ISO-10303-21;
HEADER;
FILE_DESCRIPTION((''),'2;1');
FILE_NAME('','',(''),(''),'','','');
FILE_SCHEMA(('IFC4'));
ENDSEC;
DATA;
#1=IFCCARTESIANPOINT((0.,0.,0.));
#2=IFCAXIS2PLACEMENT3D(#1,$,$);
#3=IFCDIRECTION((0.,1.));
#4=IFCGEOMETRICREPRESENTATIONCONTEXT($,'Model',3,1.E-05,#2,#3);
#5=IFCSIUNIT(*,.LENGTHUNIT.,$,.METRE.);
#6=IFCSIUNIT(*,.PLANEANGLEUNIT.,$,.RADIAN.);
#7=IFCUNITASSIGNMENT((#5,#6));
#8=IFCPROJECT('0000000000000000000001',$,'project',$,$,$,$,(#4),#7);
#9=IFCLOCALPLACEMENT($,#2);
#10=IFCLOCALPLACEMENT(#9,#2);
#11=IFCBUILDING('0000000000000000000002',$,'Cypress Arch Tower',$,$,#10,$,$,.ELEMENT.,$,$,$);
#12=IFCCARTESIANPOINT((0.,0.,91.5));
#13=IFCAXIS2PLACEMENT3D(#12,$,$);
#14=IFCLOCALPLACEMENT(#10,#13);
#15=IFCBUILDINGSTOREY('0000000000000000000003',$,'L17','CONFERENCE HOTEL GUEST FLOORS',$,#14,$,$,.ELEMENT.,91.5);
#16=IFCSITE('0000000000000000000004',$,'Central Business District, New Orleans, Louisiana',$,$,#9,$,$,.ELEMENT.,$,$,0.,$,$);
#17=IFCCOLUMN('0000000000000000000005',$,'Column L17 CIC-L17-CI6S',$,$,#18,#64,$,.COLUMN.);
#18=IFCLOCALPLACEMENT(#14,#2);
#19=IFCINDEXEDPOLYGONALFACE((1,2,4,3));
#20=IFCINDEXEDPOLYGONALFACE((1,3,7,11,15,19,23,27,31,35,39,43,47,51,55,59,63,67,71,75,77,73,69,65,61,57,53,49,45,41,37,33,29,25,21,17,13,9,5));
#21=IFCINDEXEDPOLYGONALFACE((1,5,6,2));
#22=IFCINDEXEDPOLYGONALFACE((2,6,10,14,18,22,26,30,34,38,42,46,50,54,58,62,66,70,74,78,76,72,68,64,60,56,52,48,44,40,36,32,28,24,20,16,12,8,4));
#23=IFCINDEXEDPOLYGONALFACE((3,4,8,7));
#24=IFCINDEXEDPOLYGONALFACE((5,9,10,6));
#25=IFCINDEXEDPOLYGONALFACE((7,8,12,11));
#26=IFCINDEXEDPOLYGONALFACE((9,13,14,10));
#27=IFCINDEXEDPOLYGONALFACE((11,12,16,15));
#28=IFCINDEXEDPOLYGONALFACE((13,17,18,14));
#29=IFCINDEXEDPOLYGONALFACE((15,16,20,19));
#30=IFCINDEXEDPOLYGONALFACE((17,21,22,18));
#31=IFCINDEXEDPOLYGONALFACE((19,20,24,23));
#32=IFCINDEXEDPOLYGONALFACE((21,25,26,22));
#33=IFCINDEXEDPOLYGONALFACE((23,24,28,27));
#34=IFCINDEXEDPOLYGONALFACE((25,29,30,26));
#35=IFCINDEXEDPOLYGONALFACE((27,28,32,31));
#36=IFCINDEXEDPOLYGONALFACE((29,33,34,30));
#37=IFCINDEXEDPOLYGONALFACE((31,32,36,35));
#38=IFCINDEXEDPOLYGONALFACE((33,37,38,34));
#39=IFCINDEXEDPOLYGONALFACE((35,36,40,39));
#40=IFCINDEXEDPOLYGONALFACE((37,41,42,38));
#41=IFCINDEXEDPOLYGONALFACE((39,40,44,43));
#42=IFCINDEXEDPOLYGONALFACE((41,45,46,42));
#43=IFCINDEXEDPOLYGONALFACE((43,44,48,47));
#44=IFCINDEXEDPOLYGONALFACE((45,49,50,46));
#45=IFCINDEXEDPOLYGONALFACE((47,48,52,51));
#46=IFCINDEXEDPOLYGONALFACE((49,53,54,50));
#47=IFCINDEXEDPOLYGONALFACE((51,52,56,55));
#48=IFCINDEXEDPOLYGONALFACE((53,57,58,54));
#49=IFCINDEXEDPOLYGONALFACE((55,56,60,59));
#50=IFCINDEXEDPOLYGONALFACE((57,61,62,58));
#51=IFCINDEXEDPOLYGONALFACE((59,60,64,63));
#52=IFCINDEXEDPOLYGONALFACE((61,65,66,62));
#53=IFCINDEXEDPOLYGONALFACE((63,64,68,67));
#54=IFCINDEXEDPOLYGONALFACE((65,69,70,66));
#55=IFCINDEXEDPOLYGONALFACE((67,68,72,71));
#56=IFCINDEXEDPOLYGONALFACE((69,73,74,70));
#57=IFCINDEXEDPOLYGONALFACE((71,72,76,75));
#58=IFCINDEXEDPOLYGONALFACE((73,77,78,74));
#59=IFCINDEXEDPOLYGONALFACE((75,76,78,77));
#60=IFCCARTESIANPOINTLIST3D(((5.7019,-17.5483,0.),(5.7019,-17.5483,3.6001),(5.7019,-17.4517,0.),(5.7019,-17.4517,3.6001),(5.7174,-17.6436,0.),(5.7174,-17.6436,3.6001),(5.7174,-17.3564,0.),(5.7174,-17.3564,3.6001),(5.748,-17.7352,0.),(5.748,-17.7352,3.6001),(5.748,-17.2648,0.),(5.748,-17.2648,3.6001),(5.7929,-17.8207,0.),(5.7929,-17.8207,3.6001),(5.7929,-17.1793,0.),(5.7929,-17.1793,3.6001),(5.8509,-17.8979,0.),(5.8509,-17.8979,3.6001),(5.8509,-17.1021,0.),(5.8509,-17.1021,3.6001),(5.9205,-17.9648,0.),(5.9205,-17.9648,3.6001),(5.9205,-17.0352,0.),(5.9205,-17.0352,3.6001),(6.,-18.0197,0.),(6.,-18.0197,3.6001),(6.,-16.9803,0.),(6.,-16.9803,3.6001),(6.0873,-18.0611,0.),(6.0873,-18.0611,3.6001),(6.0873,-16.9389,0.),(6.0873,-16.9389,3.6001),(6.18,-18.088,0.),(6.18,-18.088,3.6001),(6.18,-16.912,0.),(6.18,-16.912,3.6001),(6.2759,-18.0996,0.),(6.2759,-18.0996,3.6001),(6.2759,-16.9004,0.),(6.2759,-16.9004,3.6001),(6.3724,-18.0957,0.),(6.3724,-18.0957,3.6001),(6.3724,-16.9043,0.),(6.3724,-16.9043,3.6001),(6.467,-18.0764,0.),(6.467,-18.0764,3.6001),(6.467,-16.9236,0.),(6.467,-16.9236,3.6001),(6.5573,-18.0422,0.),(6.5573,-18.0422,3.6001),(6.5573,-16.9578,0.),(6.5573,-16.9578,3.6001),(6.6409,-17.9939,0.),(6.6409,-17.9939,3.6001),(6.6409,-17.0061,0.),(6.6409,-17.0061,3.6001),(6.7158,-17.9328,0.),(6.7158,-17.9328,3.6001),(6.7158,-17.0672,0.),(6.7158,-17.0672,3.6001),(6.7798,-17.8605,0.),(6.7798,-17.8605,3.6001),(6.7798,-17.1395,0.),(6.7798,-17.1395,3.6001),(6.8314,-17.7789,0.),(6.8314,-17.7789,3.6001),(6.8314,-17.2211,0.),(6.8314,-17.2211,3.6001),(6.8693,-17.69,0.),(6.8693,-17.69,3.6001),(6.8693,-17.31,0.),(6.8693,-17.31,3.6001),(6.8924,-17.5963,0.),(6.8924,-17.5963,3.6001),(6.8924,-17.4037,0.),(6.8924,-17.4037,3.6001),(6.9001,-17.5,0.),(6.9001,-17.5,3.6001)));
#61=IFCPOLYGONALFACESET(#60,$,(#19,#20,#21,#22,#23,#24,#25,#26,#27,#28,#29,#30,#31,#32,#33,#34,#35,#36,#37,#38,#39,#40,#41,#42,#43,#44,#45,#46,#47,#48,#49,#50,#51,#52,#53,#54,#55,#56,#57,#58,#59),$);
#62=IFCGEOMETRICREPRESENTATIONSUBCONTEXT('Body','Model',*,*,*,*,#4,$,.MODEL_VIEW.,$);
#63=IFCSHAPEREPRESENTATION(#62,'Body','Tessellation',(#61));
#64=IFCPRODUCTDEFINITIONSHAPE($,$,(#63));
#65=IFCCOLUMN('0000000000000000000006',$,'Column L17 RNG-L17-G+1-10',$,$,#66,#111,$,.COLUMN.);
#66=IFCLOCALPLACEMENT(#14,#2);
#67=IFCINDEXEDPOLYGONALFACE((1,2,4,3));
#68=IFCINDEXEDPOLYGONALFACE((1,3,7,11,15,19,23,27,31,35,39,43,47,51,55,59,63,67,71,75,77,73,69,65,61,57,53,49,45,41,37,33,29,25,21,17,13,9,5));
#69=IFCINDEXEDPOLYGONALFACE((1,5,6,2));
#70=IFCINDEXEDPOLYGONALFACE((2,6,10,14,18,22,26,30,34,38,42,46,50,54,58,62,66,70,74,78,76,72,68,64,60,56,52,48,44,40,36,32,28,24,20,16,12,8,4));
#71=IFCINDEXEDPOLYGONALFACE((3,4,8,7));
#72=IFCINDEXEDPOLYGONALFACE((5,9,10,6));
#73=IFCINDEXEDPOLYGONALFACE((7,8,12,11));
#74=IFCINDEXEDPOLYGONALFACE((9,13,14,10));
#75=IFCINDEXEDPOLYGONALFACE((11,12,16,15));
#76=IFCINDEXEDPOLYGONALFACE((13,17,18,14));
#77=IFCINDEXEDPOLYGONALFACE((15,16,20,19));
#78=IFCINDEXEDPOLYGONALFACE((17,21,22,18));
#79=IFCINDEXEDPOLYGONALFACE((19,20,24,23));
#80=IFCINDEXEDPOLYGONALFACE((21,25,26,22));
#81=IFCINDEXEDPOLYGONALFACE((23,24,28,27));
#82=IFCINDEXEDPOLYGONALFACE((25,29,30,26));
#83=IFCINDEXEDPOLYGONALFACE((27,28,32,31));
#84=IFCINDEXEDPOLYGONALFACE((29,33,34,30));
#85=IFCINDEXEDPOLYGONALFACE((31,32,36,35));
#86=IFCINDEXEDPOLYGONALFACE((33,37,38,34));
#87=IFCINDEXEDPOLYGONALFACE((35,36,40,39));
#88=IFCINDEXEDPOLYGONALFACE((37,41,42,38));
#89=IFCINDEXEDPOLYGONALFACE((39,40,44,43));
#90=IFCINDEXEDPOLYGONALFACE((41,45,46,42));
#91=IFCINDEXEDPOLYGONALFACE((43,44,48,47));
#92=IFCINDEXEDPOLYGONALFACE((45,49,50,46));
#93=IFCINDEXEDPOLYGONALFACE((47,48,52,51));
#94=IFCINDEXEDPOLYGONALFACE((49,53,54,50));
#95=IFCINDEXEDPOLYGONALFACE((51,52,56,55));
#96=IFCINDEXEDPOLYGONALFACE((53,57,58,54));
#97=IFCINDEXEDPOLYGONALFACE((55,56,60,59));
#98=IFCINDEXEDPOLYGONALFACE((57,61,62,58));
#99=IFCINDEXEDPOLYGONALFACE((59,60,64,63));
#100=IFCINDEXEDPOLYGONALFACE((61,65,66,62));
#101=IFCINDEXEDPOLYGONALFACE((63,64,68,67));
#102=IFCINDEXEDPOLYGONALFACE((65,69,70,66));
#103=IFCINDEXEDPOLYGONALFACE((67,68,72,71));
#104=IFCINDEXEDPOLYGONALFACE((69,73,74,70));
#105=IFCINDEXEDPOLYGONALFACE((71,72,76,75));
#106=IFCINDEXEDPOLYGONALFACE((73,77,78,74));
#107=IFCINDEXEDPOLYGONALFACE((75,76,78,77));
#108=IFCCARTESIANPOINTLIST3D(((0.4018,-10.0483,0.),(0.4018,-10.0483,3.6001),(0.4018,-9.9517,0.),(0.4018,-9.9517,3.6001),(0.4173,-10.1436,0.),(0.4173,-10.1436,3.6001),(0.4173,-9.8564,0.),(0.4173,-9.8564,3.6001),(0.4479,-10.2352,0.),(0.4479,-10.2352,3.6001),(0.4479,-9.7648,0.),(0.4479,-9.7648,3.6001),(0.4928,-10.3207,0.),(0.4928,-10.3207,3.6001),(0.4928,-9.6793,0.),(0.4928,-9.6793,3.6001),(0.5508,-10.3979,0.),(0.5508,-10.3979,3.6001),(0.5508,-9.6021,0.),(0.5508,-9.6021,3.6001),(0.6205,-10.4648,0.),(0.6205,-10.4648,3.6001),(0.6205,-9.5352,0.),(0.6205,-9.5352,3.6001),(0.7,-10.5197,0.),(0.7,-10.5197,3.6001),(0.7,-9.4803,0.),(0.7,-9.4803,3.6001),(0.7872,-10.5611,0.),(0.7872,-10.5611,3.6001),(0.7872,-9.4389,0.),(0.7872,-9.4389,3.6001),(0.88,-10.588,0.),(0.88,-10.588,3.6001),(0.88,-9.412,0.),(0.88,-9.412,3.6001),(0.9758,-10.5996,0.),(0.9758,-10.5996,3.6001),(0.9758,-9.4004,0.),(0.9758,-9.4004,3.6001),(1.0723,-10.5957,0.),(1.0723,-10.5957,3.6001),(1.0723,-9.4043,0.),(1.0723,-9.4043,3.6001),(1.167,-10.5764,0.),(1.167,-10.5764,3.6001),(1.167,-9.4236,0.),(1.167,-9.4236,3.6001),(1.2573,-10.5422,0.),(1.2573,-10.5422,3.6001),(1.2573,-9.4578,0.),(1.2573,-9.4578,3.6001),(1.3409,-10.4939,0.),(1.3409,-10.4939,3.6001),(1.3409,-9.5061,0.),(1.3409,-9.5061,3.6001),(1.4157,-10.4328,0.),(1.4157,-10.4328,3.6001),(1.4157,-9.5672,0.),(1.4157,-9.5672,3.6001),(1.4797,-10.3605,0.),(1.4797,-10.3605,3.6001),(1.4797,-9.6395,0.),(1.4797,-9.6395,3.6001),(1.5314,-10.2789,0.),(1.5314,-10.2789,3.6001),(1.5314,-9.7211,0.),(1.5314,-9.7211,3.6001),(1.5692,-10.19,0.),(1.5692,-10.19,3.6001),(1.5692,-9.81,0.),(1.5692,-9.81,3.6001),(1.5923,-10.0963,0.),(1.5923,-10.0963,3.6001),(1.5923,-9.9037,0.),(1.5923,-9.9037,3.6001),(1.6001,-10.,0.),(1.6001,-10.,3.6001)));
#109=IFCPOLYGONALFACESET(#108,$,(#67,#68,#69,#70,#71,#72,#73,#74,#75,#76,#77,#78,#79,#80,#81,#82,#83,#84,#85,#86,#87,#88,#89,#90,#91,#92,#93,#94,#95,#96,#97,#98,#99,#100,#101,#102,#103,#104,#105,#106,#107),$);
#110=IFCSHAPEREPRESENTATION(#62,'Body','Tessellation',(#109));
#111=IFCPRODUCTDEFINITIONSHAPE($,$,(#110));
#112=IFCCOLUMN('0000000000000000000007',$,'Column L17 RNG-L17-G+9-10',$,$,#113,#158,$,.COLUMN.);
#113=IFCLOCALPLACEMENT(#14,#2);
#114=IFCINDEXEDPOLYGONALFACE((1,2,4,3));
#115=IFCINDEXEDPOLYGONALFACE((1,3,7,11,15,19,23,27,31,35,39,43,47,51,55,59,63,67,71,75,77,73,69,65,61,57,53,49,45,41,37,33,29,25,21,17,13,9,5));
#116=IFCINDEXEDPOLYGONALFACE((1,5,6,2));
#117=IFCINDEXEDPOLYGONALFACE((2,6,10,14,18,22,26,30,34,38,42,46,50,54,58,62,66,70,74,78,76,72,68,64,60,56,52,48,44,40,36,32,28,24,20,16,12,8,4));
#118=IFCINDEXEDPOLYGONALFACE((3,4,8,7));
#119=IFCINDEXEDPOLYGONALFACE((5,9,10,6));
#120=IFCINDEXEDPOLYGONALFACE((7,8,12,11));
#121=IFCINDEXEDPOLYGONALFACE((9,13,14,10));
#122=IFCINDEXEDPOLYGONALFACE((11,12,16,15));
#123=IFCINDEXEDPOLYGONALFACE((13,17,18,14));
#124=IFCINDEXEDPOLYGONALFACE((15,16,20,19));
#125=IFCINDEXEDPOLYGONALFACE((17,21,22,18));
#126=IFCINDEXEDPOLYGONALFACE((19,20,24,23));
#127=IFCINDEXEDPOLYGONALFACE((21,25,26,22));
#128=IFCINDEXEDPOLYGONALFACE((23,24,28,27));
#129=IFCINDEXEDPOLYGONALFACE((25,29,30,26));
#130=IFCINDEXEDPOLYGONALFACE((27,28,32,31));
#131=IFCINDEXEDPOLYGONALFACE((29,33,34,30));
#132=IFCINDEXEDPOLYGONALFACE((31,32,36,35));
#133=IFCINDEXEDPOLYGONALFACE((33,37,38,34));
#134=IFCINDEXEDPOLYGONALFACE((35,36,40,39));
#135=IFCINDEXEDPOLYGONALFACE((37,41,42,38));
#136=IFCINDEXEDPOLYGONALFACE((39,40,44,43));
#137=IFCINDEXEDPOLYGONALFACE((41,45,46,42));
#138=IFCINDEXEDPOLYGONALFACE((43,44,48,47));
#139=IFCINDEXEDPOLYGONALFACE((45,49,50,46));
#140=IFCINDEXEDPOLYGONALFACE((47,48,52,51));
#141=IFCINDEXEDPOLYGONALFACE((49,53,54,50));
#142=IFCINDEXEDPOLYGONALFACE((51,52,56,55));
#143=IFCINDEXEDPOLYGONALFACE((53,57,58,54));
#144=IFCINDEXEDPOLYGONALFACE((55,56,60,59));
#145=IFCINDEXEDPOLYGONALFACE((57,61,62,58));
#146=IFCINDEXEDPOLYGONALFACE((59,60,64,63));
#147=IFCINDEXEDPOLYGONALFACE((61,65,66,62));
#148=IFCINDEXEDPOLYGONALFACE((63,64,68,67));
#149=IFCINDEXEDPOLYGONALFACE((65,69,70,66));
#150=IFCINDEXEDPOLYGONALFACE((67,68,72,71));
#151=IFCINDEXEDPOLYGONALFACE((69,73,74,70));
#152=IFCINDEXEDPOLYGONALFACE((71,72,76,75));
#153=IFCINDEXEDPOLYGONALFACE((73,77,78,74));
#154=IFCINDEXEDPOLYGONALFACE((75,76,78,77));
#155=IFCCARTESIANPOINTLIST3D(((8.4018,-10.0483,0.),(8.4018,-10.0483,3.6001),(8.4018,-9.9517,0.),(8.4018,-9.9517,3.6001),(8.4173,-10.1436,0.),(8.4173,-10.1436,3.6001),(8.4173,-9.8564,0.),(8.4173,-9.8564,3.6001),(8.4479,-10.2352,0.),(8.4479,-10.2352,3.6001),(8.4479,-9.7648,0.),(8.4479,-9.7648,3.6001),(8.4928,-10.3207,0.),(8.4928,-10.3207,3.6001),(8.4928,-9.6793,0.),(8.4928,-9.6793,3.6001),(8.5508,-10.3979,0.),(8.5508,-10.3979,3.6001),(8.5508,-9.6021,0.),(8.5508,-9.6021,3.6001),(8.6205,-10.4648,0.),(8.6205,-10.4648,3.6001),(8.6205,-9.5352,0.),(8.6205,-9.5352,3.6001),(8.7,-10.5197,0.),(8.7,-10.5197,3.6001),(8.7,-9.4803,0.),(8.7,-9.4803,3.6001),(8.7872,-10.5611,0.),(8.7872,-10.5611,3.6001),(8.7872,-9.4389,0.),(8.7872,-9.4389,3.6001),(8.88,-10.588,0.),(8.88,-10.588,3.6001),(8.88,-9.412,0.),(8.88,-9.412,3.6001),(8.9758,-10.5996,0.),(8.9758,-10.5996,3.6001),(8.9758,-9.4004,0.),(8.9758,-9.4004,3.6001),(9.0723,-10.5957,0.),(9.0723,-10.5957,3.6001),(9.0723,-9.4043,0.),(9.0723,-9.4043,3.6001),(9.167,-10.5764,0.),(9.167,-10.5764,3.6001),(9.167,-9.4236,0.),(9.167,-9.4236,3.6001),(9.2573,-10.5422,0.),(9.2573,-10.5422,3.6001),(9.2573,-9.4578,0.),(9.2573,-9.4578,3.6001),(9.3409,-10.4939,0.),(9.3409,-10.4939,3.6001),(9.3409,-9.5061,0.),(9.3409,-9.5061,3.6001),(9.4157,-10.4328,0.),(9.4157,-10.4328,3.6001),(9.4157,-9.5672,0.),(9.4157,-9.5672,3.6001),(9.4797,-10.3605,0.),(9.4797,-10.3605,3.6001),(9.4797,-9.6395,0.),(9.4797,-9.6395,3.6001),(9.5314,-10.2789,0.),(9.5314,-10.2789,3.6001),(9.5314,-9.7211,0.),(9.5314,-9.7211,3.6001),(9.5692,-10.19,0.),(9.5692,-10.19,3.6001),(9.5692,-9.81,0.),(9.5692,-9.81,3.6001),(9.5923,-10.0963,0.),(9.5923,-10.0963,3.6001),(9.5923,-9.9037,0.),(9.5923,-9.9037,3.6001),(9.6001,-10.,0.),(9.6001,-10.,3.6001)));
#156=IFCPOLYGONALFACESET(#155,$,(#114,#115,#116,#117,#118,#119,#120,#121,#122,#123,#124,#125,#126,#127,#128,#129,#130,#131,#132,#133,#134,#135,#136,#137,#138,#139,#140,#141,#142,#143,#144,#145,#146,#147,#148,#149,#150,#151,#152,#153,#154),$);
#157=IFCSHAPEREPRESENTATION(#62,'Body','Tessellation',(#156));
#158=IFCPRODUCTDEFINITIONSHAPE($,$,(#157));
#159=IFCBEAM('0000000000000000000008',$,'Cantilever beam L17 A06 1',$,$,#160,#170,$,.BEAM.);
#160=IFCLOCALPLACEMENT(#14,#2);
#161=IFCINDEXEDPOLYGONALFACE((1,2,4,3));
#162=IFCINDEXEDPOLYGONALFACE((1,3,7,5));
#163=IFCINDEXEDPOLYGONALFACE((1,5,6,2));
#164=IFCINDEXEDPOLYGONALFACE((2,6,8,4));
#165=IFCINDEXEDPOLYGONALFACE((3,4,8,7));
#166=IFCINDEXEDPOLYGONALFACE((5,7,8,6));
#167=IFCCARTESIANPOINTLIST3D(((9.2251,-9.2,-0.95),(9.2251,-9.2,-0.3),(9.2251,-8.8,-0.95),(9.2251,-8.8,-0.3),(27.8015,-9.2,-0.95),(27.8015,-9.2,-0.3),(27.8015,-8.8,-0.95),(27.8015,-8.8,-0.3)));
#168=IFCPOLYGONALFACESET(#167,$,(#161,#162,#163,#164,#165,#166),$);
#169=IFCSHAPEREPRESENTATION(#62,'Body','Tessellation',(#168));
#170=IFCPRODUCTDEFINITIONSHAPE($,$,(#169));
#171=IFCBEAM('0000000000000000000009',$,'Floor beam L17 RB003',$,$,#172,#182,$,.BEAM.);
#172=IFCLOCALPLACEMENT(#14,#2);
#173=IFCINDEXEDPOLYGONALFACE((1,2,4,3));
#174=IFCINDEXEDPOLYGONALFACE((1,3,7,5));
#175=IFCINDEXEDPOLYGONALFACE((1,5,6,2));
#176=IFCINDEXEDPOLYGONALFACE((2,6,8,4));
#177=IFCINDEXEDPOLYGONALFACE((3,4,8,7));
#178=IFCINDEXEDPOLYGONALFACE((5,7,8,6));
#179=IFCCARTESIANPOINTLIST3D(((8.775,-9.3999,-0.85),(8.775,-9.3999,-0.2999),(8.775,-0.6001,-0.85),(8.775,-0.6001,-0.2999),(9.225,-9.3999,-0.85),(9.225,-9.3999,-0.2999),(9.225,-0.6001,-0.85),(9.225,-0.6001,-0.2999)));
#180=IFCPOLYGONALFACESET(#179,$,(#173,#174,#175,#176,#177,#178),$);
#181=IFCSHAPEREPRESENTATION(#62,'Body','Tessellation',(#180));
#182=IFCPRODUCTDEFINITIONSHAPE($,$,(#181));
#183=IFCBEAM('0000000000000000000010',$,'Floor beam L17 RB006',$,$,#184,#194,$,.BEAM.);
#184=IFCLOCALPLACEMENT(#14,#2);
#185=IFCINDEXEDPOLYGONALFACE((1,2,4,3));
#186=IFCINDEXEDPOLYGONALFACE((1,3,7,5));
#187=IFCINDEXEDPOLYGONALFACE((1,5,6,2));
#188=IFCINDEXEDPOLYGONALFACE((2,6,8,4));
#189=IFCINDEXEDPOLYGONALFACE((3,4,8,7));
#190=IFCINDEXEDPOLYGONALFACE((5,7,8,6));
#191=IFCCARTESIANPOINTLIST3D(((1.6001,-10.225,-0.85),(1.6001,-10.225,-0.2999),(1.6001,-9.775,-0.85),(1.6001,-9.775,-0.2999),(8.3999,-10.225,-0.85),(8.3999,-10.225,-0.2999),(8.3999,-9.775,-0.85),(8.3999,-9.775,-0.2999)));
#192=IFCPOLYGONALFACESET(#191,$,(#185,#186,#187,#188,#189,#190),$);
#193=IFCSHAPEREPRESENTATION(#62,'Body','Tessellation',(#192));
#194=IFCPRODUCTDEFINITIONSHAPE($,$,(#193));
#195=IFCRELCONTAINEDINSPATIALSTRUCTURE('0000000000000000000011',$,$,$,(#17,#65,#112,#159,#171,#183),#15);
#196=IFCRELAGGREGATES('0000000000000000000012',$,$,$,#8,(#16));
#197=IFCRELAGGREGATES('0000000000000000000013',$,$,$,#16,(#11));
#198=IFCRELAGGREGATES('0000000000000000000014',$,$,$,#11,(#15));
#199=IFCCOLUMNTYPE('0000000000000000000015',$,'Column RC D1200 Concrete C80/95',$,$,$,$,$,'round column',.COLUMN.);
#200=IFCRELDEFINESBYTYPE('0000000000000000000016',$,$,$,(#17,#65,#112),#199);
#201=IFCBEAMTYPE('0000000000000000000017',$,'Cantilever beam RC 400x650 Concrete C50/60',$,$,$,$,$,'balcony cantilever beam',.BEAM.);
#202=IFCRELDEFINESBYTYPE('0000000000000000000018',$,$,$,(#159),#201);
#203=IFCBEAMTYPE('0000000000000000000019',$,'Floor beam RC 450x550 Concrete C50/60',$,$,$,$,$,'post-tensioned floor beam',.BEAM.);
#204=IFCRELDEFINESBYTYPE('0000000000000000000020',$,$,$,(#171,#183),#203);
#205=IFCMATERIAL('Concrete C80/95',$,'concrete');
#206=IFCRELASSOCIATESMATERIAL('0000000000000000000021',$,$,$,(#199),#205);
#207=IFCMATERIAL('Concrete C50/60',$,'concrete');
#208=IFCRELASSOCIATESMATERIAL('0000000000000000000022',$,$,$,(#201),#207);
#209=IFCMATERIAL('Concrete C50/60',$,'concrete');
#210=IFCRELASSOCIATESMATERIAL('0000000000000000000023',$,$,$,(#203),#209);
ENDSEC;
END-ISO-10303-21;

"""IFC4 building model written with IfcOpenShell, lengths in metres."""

from ifc_helpers import new_model, si_unit, direction, frame, origin, origin_2d, place, context, subcontext, project, spatial, rectangle, circle, extrude, material, material_profile, profile_set, type_object, element, save


model = new_model("IFC4")

# Units and contexts
model_context = context("Model", 3, precision=1e-05, world=origin(), true_north=direction((0.0, 1.0)))
body_context = subcontext(model_context, "Body", "Model", "MODEL_VIEW")
ifc_project = project(units=[si_unit("LENGTHUNIT", "METRE"), si_unit("PLANEANGLEUNIT", "RADIAN")], contexts=[model_context])

# Site, building, storey
site_placement = place(None, origin())
site = spatial("IfcSite", under=ifc_project, at=site_placement, Name="Central Business District, New Orleans, Louisiana", CompositionType="ELEMENT", RefElevation=0.0)
building_placement = place(site_placement, origin())
building = spatial("IfcBuilding", under=site, at=building_placement, Name="Cypress Arch Tower", CompositionType="ELEMENT")
storey_placement = place(building_placement, frame((0.0, 0.0, 91.5)))
storey = spatial("IfcBuildingStorey", under=building, at=storey_placement, Name="L17", Description="CONFERENCE HOTEL GUEST FLOORS", CompositionType="ELEMENT", Elevation=91.5)

# Columns
ifc_material_1 = material(Name="Concrete C80/95", Category="concrete")
ifc_material_profile_1 = material_profile(ifc_material_1, circle(Radius=0.6001, at=origin_2d()), Name="RC D1200")
ifc_profile_set_1 = profile_set([ifc_material_profile_1], Name="Concrete C80/95")
column_type = type_object("IfcColumnType", Name="Column RC D1200 Concrete C80/95", ElementType="round column", PredefinedType="COLUMN", material=ifc_profile_set_1)
for number, where, z_axis, x_axis, name in (
    (1, (6.3, -17.5, 0.0), (0.0, 0.0, 1.0), (1.0, 0.0, 0.0), "Column L17 CIC-L17-CI6S"),
    (2, (1.0, -10.0, 0.0), (0.0, 0.0, 1.0), (1.0, 0.0, 0.0), "Column L17 RNG-L17-G+1-10"),
    (3, (9.0, -10.0, 0.0), (0.0, 0.0, 1.0), (1.0, 0.0, 0.0), "Column L17 RNG-L17-G+9-10"),
):
    element("IfcColumn", number, at=place(storey_placement, frame(where, z_axis=z_axis, x_axis=x_axis)), inside=storey, type_object=column_type, Name=name, PredefinedType="COLUMN", context=body_context, shape_type="SweptSolid", body=[
        extrude(circle(Radius=0.6001, at=origin_2d()), origin(), (0.0, 0.0, 1.0), 3.6001),
    ])

# Beams
ifc_material_2 = material(Name="Concrete C50/60", Category="concrete")
ifc_material_profile_2 = material_profile(ifc_material_2, rectangle(XDim=0.3999, YDim=0.6499, at=origin_2d()), Name="RC 400x650")
ifc_profile_set_2 = profile_set([ifc_material_profile_2], Name="Concrete C50/60")
beam_type_1 = type_object("IfcBeamType", Name="Cantilever beam RC 400x650 Concrete C50/60", ElementType="balcony cantilever beam", PredefinedType="BEAM", material=ifc_profile_set_2)
beam_1_placement = place(storey_placement, frame((9.2251, -9.0, -0.625), z_axis=(1.0, 0.0, 0.0), x_axis=(0.0, 1.0, 0.0)))
element("IfcBeam", 4, at=beam_1_placement, inside=storey, type_object=beam_type_1, Name="Cantilever beam L17 A06 1", PredefinedType="BEAM", context=body_context, shape_type="SweptSolid", body=[
    extrude(rectangle(XDim=0.3999, YDim=0.6499, at=origin_2d()), origin(), (0.0, 0.0, 1.0), 18.5764),
])
ifc_material_3 = material(Name="Concrete C50/60", Category="concrete")
ifc_material_profile_3 = material_profile(ifc_material_3, rectangle(XDim=0.45, YDim=0.55, at=origin_2d()), Name="RC 450x550")
ifc_profile_set_3 = profile_set([ifc_material_profile_3], Name="Concrete C50/60")
beam_type_2 = type_object("IfcBeamType", Name="Floor beam RC 450x550 Concrete C50/60", ElementType="post-tensioned floor beam", PredefinedType="BEAM", material=ifc_profile_set_3)
beam_2_placement = place(storey_placement, frame((9.0, -9.3999, -0.575), z_axis=(0.0, 1.0, 0.0), x_axis=(-1.0, 0.0, 0.0)))
element("IfcBeam", 5, at=beam_2_placement, inside=storey, type_object=beam_type_2, Name="Floor beam L17 RB003", PredefinedType="BEAM", context=body_context, shape_type="SweptSolid", body=[
    extrude(rectangle(XDim=0.45, YDim=0.55, at=origin_2d()), origin(), (0.0, 0.0, 1.0), 8.7998),
])
beam_3_placement = place(storey_placement, frame((1.6001, -10.0, -0.575), z_axis=(1.0, 0.0, 0.0), x_axis=(0.0, 1.0, 0.0)))
element("IfcBeam", 6, at=beam_3_placement, inside=storey, type_object=beam_type_2, Name="Floor beam L17 RB006", PredefinedType="BEAM", context=body_context, shape_type="SweptSolid", body=[
    extrude(rectangle(XDim=0.45, YDim=0.55, at=origin_2d()), origin(), (0.0, 0.0, 1.0), 6.7998),
])

save(model, "model.ifc")
